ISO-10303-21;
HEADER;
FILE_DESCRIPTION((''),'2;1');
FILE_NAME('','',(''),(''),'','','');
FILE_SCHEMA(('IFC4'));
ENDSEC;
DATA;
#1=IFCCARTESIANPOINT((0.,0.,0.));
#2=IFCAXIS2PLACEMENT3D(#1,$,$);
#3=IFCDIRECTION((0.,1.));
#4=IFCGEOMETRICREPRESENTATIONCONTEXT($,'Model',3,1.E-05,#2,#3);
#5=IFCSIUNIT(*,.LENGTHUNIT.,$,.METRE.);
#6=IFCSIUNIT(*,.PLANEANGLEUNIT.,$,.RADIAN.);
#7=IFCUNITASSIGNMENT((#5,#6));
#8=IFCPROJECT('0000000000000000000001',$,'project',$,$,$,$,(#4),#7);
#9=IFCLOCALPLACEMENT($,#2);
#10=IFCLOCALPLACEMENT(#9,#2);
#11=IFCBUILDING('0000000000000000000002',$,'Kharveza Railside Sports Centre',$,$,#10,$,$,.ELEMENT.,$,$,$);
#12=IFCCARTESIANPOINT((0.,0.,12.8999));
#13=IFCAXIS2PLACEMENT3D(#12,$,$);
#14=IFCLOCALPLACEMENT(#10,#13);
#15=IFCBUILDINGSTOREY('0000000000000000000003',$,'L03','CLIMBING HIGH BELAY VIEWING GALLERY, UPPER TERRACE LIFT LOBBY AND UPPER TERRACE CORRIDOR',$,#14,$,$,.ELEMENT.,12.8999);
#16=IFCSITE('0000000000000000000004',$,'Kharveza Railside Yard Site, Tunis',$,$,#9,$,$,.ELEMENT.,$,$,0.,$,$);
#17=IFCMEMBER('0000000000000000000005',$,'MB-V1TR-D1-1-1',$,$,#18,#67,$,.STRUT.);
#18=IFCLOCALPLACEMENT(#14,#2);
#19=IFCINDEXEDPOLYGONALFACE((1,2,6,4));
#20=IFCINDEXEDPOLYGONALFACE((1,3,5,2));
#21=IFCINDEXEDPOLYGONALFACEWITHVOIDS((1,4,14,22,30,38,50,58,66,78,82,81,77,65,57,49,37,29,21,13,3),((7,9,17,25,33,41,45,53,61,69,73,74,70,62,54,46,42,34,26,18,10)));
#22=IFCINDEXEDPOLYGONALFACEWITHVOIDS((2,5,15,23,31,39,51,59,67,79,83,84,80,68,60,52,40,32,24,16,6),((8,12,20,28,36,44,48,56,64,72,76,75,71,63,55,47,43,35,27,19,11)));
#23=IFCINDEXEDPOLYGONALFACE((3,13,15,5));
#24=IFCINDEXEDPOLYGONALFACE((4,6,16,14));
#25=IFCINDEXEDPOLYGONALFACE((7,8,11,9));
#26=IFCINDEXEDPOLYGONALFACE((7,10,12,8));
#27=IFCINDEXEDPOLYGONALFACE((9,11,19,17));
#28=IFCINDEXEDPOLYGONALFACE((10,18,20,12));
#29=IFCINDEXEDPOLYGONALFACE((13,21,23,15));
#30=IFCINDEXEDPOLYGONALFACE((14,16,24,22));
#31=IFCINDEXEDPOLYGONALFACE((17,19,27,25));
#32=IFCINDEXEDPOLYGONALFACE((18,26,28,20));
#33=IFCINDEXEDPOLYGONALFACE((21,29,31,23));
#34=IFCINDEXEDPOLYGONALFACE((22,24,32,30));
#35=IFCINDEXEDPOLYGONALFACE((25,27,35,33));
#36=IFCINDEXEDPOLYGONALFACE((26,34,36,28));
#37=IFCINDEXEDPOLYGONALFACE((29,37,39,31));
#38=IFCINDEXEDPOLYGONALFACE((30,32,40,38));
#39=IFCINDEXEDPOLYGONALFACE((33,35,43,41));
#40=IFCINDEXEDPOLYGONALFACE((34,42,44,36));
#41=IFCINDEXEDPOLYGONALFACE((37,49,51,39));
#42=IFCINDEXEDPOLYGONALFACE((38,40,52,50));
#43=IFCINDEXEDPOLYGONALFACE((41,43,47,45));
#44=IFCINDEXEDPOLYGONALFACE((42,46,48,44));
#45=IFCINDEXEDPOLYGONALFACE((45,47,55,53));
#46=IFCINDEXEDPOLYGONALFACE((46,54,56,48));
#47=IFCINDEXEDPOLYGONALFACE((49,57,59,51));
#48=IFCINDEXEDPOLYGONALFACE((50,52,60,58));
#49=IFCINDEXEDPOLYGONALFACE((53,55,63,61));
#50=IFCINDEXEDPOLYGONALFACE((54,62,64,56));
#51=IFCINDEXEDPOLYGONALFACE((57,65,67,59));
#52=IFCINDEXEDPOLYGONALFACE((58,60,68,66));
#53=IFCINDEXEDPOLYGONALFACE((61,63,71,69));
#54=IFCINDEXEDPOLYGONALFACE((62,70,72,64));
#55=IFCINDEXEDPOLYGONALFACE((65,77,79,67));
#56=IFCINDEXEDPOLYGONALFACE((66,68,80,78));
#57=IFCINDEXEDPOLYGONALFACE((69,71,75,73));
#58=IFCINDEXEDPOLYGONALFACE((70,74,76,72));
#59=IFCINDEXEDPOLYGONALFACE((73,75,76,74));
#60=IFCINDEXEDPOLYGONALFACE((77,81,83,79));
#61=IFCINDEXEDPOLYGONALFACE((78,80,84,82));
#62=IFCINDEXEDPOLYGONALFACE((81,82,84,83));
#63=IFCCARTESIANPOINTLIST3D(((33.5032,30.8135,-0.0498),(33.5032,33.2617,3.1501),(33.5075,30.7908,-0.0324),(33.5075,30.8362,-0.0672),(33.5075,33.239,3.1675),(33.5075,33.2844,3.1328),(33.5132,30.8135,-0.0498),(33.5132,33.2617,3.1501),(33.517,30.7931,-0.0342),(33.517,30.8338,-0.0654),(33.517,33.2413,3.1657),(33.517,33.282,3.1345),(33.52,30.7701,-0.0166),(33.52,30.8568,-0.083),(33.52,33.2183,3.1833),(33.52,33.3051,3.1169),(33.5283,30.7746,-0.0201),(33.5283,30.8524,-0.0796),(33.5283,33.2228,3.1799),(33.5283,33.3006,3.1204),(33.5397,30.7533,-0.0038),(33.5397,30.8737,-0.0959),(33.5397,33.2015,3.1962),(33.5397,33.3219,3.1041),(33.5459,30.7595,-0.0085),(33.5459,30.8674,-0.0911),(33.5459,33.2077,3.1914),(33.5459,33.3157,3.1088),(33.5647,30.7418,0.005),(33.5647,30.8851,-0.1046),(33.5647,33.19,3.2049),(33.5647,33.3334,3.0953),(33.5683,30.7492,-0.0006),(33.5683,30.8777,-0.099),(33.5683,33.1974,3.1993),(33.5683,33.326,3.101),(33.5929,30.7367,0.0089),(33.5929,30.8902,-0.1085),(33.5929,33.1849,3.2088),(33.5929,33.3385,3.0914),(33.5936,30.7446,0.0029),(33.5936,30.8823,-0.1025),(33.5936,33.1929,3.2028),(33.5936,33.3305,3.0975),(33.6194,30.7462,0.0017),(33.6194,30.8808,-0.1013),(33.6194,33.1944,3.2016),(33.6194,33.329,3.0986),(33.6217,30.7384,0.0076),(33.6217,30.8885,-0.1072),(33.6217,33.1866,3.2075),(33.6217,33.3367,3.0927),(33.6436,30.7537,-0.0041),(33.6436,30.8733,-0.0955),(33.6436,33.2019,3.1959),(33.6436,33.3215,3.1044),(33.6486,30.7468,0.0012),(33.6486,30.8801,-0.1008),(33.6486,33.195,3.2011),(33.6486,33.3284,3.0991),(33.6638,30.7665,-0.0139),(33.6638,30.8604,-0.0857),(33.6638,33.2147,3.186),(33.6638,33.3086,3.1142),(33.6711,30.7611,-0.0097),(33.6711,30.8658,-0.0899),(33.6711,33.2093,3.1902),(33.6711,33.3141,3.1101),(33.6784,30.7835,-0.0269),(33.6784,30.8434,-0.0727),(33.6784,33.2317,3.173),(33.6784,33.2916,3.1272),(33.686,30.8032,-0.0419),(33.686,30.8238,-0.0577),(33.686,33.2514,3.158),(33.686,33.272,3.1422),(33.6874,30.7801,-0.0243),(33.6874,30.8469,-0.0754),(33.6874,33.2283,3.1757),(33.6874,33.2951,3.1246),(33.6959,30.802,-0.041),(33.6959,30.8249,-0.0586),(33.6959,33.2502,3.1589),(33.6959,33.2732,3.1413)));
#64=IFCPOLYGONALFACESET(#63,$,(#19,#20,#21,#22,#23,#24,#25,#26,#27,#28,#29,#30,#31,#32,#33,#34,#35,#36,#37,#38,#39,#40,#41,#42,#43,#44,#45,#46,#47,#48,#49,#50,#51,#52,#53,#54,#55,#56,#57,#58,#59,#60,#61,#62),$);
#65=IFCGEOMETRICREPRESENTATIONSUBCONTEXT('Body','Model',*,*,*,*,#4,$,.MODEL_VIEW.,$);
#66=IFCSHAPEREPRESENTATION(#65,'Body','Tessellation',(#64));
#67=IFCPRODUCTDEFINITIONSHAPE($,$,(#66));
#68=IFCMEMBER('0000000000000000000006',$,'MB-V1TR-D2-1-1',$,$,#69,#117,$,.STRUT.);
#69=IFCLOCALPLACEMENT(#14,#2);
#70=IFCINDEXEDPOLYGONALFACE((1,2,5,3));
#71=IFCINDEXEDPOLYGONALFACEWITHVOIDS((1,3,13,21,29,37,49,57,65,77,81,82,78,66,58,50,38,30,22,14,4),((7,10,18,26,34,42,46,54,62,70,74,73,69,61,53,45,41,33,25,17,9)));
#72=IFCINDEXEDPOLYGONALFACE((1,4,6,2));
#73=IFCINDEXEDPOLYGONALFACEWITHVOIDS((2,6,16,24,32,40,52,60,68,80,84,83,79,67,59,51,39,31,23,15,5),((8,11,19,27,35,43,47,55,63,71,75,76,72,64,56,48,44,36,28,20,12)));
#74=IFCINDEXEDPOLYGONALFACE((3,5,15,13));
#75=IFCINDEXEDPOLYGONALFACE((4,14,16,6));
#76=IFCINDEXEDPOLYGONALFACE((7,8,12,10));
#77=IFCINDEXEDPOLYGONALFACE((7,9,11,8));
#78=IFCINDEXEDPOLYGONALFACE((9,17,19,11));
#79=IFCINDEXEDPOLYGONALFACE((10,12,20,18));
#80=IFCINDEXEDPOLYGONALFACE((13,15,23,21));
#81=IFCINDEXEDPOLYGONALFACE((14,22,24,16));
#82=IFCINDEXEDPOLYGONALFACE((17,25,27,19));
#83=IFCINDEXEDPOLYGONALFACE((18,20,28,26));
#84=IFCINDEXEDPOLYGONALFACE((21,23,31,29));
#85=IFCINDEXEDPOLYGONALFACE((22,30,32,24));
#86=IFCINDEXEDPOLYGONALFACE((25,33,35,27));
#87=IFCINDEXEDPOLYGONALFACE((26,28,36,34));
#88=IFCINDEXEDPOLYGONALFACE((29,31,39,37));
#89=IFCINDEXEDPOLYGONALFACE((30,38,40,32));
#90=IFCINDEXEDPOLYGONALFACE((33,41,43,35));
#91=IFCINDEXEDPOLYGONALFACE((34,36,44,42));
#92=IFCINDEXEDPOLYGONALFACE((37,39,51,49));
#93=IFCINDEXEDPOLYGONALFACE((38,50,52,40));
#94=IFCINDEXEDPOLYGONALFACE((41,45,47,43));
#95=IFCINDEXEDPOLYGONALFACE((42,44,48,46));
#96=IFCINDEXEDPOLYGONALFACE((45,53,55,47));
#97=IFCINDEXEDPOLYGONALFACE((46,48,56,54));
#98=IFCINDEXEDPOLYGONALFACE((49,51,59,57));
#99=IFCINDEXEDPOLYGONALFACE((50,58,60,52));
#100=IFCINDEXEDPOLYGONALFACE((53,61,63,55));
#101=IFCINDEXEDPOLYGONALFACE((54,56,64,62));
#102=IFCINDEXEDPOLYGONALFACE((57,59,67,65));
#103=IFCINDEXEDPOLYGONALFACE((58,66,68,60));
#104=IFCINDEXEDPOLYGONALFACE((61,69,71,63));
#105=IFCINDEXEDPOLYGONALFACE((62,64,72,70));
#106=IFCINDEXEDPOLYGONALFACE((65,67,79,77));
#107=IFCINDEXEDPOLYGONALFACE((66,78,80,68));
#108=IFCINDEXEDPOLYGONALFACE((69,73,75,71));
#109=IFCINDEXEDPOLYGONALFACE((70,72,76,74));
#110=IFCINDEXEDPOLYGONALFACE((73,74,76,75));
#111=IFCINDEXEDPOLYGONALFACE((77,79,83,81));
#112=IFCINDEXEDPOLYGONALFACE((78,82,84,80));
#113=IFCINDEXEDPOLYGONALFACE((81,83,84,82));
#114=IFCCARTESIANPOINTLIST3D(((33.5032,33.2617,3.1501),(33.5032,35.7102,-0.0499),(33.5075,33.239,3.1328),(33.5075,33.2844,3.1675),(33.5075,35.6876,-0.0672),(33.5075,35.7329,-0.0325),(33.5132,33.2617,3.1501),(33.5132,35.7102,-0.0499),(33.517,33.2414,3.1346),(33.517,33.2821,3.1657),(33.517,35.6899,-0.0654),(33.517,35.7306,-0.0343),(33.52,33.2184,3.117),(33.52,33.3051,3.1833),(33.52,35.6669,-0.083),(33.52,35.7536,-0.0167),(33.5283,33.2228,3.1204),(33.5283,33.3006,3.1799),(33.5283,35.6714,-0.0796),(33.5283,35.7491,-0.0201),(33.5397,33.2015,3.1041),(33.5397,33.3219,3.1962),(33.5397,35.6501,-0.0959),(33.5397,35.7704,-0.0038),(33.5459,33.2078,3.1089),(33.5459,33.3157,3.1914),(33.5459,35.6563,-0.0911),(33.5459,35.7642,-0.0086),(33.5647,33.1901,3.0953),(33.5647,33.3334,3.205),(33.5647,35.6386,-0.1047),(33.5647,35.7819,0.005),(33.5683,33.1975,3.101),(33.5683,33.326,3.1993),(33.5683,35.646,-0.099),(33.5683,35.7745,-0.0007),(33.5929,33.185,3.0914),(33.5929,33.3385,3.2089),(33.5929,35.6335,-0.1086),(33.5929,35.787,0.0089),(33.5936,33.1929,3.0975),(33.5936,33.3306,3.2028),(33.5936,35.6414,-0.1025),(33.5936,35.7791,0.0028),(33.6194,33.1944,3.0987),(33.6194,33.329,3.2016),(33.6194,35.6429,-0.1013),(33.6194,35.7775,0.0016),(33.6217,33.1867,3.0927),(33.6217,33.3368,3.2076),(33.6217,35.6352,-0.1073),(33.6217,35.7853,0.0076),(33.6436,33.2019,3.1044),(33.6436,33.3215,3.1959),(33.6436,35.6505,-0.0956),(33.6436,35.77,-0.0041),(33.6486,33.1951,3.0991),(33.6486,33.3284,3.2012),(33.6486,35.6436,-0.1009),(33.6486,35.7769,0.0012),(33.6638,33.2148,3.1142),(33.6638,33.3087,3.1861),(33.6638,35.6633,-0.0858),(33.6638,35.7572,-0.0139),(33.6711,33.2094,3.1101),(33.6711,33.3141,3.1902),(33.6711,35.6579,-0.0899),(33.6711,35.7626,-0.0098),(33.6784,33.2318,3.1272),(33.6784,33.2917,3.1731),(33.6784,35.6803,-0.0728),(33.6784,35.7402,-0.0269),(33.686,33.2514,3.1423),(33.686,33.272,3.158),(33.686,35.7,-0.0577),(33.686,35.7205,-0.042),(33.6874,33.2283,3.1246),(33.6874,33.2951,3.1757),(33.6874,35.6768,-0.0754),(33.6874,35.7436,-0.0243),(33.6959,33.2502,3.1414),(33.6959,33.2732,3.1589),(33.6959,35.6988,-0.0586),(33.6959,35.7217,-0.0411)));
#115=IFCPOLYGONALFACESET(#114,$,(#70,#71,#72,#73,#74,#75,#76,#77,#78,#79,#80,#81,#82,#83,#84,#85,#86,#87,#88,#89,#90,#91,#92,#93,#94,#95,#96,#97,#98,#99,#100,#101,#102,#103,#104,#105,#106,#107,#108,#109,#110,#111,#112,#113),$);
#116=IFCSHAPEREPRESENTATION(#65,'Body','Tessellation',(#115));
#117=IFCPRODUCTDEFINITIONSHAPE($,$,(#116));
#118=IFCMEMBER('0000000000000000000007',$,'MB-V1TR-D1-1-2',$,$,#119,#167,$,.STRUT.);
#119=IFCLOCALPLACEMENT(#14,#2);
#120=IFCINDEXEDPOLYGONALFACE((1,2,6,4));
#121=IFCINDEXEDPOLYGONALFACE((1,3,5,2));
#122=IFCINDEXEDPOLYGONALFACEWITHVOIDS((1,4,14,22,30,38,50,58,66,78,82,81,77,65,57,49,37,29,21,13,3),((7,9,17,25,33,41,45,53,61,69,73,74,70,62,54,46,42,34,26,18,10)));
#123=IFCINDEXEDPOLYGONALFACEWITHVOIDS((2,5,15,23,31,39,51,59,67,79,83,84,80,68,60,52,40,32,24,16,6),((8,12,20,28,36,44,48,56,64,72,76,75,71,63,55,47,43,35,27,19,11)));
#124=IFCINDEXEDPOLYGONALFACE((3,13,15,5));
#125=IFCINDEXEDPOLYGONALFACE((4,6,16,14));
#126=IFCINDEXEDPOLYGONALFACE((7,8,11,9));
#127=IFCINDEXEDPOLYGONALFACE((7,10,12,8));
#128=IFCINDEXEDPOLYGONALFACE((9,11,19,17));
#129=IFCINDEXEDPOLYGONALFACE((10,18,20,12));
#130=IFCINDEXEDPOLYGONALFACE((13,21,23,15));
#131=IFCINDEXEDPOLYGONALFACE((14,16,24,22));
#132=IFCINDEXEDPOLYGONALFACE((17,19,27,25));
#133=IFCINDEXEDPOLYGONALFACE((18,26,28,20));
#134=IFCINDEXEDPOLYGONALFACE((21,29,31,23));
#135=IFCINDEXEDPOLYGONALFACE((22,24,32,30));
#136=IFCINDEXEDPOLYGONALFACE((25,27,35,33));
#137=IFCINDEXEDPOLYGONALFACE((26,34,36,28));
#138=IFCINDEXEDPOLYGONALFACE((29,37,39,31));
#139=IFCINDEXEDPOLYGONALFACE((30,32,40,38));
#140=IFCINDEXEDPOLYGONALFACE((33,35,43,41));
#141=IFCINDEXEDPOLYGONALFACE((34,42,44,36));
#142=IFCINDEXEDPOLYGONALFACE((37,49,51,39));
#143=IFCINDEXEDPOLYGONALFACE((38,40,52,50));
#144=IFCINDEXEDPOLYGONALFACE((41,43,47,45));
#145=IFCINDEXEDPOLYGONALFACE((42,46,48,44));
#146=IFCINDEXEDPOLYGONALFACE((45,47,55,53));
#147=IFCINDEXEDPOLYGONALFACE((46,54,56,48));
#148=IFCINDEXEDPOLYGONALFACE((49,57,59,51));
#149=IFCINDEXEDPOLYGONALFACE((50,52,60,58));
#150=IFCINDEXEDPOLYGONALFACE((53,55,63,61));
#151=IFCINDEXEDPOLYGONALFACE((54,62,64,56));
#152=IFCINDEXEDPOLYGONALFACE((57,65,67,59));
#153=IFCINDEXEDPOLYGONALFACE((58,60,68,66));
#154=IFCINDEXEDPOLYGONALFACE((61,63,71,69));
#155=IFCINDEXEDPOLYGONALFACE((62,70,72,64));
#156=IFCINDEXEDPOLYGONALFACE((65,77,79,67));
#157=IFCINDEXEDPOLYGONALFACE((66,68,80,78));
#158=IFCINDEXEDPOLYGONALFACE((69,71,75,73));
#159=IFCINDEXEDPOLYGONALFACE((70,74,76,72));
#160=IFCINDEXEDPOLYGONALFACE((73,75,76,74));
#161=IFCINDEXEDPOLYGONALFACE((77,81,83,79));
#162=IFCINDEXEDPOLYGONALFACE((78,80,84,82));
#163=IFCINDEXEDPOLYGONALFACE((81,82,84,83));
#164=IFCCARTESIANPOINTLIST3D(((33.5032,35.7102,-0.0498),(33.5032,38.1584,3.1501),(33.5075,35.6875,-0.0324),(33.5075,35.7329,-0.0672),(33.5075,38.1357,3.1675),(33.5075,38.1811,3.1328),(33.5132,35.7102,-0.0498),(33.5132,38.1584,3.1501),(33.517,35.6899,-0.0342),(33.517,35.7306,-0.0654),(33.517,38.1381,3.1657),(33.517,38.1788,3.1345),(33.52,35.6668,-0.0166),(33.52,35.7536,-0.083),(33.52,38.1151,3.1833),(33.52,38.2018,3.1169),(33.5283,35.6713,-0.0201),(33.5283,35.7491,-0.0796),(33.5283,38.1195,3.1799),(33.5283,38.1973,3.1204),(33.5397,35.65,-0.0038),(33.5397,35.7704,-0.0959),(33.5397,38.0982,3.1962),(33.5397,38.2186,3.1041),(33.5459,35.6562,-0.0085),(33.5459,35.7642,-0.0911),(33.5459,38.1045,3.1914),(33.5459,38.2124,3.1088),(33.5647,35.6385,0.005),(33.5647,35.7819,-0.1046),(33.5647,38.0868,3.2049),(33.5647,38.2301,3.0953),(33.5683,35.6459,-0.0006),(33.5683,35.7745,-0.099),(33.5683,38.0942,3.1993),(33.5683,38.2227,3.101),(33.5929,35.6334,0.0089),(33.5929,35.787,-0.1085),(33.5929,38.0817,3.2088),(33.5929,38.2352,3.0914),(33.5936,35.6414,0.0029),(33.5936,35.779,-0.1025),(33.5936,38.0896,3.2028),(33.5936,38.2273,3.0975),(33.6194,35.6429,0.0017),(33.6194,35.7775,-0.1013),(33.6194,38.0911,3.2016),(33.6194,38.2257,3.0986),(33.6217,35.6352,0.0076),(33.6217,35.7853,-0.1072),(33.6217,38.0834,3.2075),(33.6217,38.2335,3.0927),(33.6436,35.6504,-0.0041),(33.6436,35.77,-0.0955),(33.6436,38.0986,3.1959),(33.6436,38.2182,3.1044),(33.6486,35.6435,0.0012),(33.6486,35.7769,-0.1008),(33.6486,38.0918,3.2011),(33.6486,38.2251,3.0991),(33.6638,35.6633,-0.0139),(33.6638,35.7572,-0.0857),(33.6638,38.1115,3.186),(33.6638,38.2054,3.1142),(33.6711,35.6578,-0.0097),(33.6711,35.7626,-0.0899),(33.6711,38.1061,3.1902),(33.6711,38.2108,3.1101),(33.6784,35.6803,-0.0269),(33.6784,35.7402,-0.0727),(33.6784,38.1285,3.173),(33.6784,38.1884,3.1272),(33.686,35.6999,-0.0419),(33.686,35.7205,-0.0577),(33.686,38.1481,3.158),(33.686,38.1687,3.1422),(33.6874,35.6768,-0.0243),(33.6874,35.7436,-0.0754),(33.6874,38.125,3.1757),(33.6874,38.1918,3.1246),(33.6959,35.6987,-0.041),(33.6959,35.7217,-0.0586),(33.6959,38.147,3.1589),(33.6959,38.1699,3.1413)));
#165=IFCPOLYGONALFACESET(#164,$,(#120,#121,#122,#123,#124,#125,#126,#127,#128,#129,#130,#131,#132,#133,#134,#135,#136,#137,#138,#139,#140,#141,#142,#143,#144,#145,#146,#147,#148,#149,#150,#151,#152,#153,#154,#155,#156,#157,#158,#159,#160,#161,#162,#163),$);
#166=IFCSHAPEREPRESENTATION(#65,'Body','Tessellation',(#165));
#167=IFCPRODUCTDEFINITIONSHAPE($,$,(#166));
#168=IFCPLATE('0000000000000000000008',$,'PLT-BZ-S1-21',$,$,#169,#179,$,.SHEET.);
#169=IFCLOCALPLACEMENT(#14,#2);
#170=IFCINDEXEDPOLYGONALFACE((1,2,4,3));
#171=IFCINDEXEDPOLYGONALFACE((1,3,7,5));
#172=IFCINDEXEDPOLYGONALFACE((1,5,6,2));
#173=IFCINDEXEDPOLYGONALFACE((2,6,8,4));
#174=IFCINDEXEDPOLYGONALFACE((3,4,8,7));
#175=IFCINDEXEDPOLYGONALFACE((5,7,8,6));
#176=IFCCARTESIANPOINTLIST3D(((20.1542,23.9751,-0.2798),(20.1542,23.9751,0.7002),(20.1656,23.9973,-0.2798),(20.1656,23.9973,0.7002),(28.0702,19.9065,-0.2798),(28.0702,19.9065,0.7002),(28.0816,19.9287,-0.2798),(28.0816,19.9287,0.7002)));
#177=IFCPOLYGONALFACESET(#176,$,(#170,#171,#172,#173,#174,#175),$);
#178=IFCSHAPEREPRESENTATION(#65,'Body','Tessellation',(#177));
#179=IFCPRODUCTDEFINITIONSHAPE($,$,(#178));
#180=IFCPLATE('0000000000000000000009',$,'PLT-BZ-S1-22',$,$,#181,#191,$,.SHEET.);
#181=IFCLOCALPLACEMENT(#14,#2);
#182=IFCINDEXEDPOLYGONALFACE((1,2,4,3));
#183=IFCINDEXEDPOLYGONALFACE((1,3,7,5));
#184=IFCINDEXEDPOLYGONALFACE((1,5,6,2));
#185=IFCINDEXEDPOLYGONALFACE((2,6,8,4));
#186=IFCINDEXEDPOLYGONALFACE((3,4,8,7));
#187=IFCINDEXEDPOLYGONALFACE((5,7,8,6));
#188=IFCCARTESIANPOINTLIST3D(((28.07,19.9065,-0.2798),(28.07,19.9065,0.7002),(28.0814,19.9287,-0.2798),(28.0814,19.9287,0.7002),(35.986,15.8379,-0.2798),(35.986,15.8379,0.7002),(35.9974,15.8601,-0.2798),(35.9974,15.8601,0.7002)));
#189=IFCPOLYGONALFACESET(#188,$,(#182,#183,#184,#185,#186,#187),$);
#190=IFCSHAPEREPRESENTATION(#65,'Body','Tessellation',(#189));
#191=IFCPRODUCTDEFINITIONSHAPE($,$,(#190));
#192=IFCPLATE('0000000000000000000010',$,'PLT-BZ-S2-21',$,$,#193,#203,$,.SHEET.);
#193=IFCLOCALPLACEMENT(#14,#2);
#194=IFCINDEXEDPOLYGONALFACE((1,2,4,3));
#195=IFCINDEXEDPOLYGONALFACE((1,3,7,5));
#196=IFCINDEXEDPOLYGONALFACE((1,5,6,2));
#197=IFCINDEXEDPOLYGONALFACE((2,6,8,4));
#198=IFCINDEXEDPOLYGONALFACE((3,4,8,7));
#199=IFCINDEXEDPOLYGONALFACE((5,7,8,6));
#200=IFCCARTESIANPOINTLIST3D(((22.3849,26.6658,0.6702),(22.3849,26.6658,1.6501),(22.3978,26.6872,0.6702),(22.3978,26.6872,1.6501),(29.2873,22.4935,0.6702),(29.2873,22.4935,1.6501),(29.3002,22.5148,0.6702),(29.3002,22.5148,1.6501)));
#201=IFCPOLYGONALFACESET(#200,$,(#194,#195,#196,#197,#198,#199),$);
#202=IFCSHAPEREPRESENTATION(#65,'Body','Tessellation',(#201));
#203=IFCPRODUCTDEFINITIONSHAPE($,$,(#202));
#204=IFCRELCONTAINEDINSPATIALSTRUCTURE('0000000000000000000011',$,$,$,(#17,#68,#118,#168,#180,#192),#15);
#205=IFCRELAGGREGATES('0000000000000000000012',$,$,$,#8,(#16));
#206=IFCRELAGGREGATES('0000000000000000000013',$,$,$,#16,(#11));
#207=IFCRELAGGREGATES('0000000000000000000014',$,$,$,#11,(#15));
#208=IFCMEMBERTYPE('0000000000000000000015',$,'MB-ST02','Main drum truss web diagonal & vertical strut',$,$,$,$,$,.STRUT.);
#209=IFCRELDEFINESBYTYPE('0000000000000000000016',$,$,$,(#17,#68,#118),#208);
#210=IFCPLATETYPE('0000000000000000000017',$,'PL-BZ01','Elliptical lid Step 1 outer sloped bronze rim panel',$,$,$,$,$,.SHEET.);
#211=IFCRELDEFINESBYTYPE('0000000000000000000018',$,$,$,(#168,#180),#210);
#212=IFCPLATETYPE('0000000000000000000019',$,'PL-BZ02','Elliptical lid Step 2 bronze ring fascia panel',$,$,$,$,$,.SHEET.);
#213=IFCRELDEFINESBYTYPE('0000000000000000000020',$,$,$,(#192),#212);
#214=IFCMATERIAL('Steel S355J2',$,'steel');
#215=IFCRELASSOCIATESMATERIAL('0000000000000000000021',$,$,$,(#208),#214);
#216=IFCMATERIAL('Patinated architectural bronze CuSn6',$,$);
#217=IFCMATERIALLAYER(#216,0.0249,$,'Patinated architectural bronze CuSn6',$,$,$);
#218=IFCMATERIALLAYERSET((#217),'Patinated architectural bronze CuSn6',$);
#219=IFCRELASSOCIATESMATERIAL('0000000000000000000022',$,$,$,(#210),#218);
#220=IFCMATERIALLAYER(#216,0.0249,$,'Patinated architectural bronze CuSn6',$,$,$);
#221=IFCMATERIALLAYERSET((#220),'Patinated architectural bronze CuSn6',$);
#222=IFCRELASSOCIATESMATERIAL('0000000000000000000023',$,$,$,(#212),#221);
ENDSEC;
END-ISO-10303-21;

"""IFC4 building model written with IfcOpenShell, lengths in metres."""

from ifc_helpers import new_model, si_unit, direction, frame, origin, origin_2d, place, context, subcontext, project, spatial, rectangle, hollow_circle, extrude, material, layer, layer_set, material_profile, profile_set, type_object, element, save


model = new_model("IFC4")

# Units and contexts
model_context = context("Model", 3, precision=1e-05, world=origin(), true_north=direction((0.0, 1.0)))
body_context = subcontext(model_context, "Body", "Model", "MODEL_VIEW")
ifc_project = project(units=[si_unit("LENGTHUNIT", "METRE"), si_unit("PLANEANGLEUNIT", "RADIAN")], contexts=[model_context])

# Site, building, storey
site_placement = place(None, origin())
site = spatial("IfcSite", under=ifc_project, at=site_placement, Name="Kharveza Railside Yard Site, Tunis", CompositionType="ELEMENT", RefElevation=0.0)
building_placement = place(site_placement, origin())
building = spatial("IfcBuilding", under=site, at=building_placement, Name="Kharveza Railside Sports Centre", CompositionType="ELEMENT")
storey_placement = place(building_placement, frame((0.0, 0.0, 12.8999)))
storey = spatial("IfcBuildingStorey", under=building, at=storey_placement, Name="L03", Description="CLIMBING HIGH BELAY VIEWING GALLERY, UPPER TERRACE LIFT LOBBY AND UPPER TERRACE CORRIDOR", CompositionType="ELEMENT", Elevation=12.8999)

# Shared definitions
ifc_material_1 = material(Name="Steel S355J2", Category="steel")

# Members
ifc_material_profile_1 = material_profile(ifc_material_1, hollow_circle(Radius=0.0969, WallThickness=0.01, at=origin_2d()), Name="CHS 193.7x10.0")
ifc_profile_set_1 = profile_set([ifc_material_profile_1], Name="Steel S355J2")
member_type_1 = type_object("IfcMemberType", Name="MB-ST02", Description="Main drum truss web diagonal & vertical strut", PredefinedType="STRUT", material=ifc_profile_set_1)
member_1_placement = place(storey_placement, frame((33.6001, 30.8135, -0.0498), z_axis=(0.0, 0.607641, 0.794212), x_axis=(-1.0, 0.0, 0.0)))
element("IfcMember", 1, at=member_1_placement, inside=storey, type_object=member_type_1, Name="MB-V1TR-D1-1-1", PredefinedType="STRUT", context=body_context, shape_type="SweptSolid", body=[
    extrude(hollow_circle(Radius=0.0969, WallThickness=0.01, at=origin_2d()), origin(), (0.0, 0.0, 1.0), 4.0291),
])
member_2_placement = place(storey_placement, frame((33.6001, 33.2617, 3.1501), z_axis=(0.0, 0.607679, -0.794182), x_axis=(-1.0, 0.0, 0.0)))
element("IfcMember", 2, at=member_2_placement, inside=storey, type_object=member_type_1, Name="MB-V1TR-D2-1-1", PredefinedType="STRUT", context=body_context, shape_type="SweptSolid", body=[
    extrude(hollow_circle(Radius=0.0969, WallThickness=0.01, at=origin_2d()), origin(), (0.0, 0.0, 1.0), 4.0293),
])
member_3_placement = place(storey_placement, frame((33.6001, 35.7102, -0.0498), z_axis=(0.0, 0.607641, 0.794212), x_axis=(-1.0, 0.0, 0.0)))
element("IfcMember", 3, at=member_3_placement, inside=storey, type_object=member_type_1, Name="MB-V1TR-D1-1-2", PredefinedType="STRUT", context=body_context, shape_type="SweptSolid", body=[
    extrude(hollow_circle(Radius=0.0969, WallThickness=0.01, at=origin_2d()), origin(), (0.0, 0.0, 1.0), 4.0291),
])

# Plates
ifc_material_2 = material(Name="Patinated architectural bronze CuSn6")
ifc_layer_1 = layer(ifc_material_2, 0.0249, Name="Patinated architectural bronze CuSn6")
ifc_layer_set_1 = layer_set([ifc_layer_1], Name="Patinated architectural bronze CuSn6")
plate_type_1 = type_object("IfcPlateType", Name="PL-BZ01", Description="Elliptical lid Step 1 outer sloped bronze rim panel", PredefinedType="SHEET", material=ifc_layer_set_1)
for number, where, z_axis, x_axis, name in (
    (4, (24.1179, 21.9519, -0.2798), (0.0, 0.0, 1.0), (0.8894, -0.457129, 0.0), "PLT-BZ-S1-21"),
    (5, (32.0337, 17.8833, -0.2798), (0.0, 0.0, 1.0), (0.8894, -0.457129, 0.0), "PLT-BZ-S1-22"),
):
    element("IfcPlate", number, at=place(storey_placement, frame(where, z_axis=z_axis, x_axis=x_axis)), inside=storey, type_object=plate_type_1, Name=name, PredefinedType="SHEET", context=body_context, shape_type="SweptSolid", body=[
        extrude(rectangle(XDim=8.9004, YDim=0.0249, at=origin_2d()), origin(), (0.0, 0.0, 1.0), 0.98),
    ])
ifc_layer_2 = layer(ifc_material_2, 0.0249, Name="Patinated architectural bronze CuSn6")
ifc_layer_set_2 = layer_set([ifc_layer_2], Name="Patinated architectural bronze CuSn6")
plate_type_2 = type_object("IfcPlateType", Name="PL-BZ02", Description="Elliptical lid Step 2 bronze ring fascia panel", PredefinedType="SHEET", material=ifc_layer_set_2)
plate_1_placement = place(storey_placement, frame((25.8425, 24.5903, 0.6702), z_axis=(0.0, 0.0, 1.0), x_axis=(0.855798, -0.51731, 0.0)))
element("IfcPlate", 6, at=plate_1_placement, inside=storey, type_object=plate_type_2, Name="PLT-BZ-S2-21", PredefinedType="SHEET", context=body_context, shape_type="SweptSolid", body=[
    extrude(rectangle(XDim=8.0654, YDim=0.0249, at=origin_2d()), origin(), (0.0, 0.0, 1.0), 0.98),
])

save(model, "model.ifc")
